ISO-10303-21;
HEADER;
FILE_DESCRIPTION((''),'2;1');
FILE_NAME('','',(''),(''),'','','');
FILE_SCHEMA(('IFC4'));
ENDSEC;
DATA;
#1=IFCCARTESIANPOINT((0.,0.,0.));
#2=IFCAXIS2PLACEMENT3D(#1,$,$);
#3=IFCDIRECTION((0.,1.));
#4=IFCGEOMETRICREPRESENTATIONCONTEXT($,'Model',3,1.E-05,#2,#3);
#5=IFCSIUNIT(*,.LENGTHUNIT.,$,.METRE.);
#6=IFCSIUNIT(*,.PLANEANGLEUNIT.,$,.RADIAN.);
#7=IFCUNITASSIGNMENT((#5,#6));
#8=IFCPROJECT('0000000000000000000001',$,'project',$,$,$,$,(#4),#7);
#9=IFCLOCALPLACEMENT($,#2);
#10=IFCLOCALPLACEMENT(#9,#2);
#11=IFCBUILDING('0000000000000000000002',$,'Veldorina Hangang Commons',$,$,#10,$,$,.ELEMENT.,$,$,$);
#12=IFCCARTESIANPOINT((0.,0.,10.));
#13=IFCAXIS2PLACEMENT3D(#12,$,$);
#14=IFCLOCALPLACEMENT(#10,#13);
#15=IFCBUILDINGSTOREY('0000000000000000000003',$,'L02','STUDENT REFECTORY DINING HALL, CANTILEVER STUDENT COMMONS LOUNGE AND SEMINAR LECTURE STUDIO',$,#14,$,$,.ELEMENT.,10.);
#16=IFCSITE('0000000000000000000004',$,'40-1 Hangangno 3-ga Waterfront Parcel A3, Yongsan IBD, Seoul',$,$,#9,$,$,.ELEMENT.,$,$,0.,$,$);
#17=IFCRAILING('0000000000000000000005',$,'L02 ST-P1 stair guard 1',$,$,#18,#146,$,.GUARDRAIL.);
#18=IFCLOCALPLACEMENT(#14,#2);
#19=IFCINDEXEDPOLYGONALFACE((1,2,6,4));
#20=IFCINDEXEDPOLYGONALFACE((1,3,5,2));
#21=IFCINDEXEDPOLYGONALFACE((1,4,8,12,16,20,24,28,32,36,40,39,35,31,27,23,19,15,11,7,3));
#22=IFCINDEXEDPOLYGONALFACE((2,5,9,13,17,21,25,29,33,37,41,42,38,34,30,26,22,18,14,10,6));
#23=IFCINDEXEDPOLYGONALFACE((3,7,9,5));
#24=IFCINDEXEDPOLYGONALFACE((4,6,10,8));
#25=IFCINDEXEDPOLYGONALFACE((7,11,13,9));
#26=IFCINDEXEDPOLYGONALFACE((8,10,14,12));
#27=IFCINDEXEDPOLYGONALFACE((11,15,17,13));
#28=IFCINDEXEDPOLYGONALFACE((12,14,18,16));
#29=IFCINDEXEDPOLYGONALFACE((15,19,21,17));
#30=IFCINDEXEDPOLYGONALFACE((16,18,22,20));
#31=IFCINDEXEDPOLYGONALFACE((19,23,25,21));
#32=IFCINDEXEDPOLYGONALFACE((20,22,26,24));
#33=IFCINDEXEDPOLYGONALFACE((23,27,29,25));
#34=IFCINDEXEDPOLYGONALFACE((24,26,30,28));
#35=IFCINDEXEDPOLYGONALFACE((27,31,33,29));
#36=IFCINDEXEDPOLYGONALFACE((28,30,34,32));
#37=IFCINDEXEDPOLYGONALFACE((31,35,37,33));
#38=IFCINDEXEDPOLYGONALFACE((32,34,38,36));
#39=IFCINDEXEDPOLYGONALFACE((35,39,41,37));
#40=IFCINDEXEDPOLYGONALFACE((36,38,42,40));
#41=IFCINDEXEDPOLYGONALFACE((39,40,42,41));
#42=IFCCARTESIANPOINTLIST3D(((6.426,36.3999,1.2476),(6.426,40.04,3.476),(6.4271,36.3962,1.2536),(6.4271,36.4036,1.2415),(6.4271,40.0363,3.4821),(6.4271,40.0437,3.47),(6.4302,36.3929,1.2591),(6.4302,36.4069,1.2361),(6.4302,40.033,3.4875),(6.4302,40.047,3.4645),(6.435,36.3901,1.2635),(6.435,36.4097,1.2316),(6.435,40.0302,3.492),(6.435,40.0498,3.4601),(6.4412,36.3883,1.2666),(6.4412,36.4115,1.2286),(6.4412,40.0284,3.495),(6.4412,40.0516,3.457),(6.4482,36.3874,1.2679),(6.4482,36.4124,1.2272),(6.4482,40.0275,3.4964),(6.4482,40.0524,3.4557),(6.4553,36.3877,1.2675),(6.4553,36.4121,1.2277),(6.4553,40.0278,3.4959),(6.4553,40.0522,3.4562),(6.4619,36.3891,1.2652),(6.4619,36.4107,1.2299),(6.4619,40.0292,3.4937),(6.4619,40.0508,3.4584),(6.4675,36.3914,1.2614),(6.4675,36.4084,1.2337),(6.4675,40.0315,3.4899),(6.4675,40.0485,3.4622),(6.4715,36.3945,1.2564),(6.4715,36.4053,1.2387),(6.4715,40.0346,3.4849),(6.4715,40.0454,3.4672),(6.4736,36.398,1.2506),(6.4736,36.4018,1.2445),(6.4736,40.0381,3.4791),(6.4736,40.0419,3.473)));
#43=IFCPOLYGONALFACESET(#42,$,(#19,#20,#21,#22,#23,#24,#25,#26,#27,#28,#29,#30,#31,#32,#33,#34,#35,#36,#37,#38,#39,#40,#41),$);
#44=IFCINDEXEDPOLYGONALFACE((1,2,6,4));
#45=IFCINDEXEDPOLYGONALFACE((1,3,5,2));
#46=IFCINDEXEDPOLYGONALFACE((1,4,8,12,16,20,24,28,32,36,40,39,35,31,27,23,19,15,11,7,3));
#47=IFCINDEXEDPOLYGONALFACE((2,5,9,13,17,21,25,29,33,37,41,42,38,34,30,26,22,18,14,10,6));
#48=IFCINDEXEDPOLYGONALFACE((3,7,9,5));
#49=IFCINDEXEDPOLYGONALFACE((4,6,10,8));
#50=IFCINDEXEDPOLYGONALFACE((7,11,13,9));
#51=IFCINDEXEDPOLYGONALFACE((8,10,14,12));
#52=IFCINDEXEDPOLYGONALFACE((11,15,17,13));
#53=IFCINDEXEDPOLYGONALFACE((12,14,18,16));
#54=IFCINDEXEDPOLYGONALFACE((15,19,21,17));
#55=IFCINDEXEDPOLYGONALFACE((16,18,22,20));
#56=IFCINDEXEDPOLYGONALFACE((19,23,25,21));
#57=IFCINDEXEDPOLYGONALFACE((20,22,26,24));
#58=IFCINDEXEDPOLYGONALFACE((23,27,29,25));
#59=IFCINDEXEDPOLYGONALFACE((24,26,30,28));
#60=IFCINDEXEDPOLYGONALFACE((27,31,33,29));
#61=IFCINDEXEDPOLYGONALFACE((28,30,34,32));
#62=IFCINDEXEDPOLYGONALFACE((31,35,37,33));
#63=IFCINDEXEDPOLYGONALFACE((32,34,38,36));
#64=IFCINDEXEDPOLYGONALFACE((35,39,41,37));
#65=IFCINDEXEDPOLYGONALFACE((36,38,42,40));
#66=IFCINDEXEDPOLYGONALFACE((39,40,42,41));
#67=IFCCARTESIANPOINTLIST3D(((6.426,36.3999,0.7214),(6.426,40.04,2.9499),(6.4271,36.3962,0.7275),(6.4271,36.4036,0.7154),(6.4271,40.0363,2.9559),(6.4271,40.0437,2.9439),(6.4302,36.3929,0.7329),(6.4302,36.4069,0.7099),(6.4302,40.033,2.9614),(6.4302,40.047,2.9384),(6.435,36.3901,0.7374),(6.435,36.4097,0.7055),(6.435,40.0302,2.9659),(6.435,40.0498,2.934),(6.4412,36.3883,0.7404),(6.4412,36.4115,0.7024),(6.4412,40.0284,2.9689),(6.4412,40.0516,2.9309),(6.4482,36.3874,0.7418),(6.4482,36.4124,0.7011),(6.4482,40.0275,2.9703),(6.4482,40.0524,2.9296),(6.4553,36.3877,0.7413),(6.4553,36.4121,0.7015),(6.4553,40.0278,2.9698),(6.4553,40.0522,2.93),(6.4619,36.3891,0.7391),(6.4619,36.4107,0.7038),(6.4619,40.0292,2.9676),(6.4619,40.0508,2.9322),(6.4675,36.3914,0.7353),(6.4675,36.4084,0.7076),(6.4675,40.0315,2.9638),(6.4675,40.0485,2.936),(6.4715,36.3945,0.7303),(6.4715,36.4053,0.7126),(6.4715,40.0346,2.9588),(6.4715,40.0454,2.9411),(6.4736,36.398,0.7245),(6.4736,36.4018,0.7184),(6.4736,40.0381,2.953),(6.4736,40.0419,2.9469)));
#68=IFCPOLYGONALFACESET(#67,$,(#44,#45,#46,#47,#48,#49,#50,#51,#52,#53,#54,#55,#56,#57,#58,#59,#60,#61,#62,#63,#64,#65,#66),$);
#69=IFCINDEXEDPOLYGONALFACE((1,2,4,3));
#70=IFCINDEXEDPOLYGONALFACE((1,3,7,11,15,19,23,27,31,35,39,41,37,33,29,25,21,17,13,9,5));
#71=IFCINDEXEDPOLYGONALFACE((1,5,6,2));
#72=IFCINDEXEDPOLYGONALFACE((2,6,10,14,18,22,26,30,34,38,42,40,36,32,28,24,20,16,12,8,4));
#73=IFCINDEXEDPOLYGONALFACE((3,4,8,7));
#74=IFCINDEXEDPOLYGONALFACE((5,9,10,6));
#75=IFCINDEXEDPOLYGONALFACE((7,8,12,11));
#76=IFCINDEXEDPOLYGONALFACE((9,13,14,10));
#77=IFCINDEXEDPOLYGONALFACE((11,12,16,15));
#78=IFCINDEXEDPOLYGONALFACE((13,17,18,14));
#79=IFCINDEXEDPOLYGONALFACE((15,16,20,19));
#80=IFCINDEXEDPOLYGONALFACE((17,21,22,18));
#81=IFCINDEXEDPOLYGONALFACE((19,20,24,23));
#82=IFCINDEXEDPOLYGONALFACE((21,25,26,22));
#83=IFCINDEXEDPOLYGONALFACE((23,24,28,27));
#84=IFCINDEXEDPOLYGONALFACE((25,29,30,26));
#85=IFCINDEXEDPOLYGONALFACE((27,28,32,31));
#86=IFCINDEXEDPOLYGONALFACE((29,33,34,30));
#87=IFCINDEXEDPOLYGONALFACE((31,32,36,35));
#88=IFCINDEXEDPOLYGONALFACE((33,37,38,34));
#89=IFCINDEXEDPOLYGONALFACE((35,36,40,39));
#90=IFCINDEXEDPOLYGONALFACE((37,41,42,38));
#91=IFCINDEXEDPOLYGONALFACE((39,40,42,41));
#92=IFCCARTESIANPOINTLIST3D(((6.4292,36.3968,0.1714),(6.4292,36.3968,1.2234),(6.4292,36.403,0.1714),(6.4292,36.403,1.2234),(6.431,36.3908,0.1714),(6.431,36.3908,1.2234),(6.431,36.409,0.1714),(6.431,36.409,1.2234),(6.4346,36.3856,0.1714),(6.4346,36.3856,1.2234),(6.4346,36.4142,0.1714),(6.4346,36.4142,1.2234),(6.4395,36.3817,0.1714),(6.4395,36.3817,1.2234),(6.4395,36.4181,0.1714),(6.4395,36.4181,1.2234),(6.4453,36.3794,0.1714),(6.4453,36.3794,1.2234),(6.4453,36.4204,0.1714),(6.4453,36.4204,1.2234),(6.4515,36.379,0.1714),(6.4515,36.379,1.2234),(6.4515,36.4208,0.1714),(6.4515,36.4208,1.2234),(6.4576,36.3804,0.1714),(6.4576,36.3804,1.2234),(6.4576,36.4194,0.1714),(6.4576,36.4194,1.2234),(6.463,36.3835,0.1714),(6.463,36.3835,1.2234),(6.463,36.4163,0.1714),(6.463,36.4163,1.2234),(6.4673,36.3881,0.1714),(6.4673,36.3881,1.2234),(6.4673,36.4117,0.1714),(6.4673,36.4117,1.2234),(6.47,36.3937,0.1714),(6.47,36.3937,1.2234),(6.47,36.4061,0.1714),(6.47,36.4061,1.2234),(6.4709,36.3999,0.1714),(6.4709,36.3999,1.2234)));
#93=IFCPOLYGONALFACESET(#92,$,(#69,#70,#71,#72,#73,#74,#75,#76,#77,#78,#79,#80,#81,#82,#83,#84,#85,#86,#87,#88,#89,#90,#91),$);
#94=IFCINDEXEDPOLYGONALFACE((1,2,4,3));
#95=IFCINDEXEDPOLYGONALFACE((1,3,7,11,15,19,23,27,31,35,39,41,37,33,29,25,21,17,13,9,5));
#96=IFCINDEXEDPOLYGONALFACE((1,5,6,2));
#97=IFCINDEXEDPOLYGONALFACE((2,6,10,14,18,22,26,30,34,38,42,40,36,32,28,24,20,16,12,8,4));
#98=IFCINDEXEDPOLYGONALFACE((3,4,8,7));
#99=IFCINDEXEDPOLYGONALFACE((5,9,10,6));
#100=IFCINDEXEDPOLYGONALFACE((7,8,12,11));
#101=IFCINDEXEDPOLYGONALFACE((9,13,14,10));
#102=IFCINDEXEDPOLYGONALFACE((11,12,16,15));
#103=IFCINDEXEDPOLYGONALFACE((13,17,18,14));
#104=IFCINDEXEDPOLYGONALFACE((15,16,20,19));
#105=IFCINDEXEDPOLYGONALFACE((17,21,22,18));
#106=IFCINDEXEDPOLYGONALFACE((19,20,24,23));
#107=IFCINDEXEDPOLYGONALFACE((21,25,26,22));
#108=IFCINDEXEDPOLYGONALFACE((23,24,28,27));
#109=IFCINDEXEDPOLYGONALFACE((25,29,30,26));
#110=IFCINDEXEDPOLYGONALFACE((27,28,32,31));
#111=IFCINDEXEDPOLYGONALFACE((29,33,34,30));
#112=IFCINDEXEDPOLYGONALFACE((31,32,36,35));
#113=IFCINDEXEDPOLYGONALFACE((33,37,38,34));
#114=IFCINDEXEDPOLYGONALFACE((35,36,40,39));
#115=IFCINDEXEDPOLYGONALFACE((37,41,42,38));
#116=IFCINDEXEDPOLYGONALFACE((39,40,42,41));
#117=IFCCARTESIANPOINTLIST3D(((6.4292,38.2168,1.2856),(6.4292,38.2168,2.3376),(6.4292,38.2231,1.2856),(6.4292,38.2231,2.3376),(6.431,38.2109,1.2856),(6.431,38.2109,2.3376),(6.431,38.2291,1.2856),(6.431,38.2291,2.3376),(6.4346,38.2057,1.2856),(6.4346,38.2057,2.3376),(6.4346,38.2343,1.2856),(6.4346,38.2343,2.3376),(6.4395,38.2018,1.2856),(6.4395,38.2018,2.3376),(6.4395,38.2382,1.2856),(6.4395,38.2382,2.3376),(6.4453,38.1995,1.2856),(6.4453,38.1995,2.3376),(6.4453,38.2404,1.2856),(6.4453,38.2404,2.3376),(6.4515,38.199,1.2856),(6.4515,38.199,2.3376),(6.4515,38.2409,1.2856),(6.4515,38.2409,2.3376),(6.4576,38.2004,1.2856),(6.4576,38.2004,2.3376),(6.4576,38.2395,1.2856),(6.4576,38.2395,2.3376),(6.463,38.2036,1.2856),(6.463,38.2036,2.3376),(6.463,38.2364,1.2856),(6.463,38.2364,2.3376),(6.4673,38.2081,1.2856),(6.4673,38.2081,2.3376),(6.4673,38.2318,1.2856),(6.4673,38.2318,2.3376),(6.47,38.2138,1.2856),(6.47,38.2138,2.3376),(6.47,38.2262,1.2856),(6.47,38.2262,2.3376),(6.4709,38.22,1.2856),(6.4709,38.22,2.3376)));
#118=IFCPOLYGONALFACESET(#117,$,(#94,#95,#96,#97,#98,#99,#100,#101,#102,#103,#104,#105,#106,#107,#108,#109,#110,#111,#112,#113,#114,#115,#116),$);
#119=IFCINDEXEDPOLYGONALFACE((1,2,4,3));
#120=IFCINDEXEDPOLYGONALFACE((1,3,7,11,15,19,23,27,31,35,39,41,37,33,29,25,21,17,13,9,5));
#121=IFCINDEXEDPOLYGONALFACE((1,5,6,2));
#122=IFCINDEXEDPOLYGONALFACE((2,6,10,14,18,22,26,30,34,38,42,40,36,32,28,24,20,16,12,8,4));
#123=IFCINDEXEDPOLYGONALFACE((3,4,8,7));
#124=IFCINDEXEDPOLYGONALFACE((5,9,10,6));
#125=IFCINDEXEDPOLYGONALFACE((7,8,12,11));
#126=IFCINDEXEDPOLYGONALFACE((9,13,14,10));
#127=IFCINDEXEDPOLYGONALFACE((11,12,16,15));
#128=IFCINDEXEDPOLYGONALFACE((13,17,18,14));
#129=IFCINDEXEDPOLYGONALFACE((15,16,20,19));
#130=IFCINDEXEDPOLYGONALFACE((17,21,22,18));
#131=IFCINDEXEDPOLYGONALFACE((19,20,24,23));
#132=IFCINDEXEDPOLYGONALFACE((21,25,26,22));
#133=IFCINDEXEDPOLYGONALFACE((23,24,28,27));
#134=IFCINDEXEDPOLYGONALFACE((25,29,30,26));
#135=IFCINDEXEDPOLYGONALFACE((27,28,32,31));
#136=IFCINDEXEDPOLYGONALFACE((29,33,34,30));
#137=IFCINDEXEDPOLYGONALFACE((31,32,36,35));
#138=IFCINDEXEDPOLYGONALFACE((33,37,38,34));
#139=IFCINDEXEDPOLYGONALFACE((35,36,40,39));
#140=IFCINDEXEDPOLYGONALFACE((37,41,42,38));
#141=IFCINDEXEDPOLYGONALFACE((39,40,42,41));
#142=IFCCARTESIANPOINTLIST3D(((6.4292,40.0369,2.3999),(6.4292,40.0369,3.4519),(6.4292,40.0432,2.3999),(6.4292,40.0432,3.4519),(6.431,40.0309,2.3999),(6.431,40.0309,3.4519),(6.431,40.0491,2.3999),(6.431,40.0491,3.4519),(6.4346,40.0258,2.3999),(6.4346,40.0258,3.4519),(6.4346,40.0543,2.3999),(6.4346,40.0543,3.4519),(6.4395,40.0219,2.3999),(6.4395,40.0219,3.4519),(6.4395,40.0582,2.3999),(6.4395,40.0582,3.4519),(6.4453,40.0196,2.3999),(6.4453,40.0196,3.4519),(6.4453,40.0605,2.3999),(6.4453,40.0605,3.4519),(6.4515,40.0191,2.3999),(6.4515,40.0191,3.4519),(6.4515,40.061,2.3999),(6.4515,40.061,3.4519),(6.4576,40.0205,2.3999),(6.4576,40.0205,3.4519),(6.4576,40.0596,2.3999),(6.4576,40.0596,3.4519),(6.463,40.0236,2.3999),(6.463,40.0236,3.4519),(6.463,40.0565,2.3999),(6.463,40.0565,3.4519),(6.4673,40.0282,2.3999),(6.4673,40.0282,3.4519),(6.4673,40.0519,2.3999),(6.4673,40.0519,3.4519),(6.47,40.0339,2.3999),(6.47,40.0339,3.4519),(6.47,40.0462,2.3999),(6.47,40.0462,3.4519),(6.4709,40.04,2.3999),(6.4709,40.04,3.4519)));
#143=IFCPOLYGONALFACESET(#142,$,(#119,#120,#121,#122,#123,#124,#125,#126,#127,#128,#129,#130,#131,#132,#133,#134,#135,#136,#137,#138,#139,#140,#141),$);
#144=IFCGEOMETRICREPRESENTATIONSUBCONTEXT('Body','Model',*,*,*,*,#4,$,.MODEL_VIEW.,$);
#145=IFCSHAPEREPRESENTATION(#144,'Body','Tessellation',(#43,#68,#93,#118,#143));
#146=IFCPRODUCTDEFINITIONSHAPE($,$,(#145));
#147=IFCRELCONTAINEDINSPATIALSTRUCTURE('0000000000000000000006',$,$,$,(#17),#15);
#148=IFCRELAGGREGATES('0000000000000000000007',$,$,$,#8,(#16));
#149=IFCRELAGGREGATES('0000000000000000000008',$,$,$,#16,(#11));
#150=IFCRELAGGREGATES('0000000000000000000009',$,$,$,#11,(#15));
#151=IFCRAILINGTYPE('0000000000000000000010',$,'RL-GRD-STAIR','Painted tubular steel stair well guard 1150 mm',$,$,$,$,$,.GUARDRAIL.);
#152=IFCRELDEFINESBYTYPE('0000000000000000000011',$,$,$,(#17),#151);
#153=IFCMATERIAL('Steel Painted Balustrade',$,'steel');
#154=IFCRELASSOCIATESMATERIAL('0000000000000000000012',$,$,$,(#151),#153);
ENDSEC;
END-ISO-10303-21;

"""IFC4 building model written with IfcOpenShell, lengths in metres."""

from ifc_helpers import new_model, si_unit, direction, frame, origin, origin_2d, place, context, subcontext, project, spatial, circle, extrude, material, type_object, element, save


model = new_model("IFC4")

# Units and contexts
model_context = context("Model", 3, precision=1e-05, world=origin(), true_north=direction((0.0, 1.0)))
body_context = subcontext(model_context, "Body", "Model", "MODEL_VIEW")
ifc_project = project(units=[si_unit("LENGTHUNIT", "METRE"), si_unit("PLANEANGLEUNIT", "RADIAN")], contexts=[model_context])

# Site, building, storey
site_placement = place(None, origin())
site = spatial("IfcSite", under=ifc_project, at=site_placement, Name="40-1 Hangangno 3-ga Waterfront Parcel A3, Yongsan IBD, Seoul", CompositionType="ELEMENT", RefElevation=0.0)
building_placement = place(site_placement, origin())
building = spatial("IfcBuilding", under=site, at=building_placement, Name="Veldorina Hangang Commons", CompositionType="ELEMENT")
storey_placement = place(building_placement, frame((0.0, 0.0, 10.0)))
storey = spatial("IfcBuildingStorey", under=building, at=storey_placement, Name="L02", Description="STUDENT REFECTORY DINING HALL, CANTILEVER STUDENT COMMONS LOUNGE AND SEMINAR LECTURE STUDIO", CompositionType="ELEMENT", Elevation=10.0)

# Railing
ifc_material_1 = material(Name="Steel Painted Balustrade", Category="steel")
railing_type = type_object("IfcRailingType", Name="RL-GRD-STAIR", Description="Painted tubular steel stair well guard 1150 mm", PredefinedType="GUARDRAIL", material=ifc_material_1)
railing_1_placement = place(storey_placement, frame((6.45, 36.3999, 0.1714)))
element("IfcRailing", 1, at=railing_1_placement, inside=storey, type_object=railing_type, Name="L02 ST-P1 stair guard 1", PredefinedType="GUARDRAIL", context=body_context, shape_type="SweptSolid", body=[
    extrude(circle(Radius=0.0239, at=origin_2d()), frame((0.0, 0.0, 1.0762), z_axis=(0.0, 0.852866, 0.52213), x_axis=(-1.0, 0.0, 0.0)), (0.0, 0.0, 1.0), 4.2681),
    extrude(circle(Radius=0.0239, at=origin_2d()), frame((0.0, 0.0, 0.55), z_axis=(0.0, 0.852866, 0.52213), x_axis=(-1.0, 0.0, 0.0)), (0.0, 0.0, 1.0), 4.2681),
    extrude(circle(Radius=0.021, at=origin_2d()), origin(), (0.0, 0.0, 1.0), 1.052),
    extrude(circle(Radius=0.021, at=origin_2d()), frame((0.0, 1.8201, 1.1143)), (0.0, 0.0, 1.0), 1.052),
    extrude(circle(Radius=0.021, at=origin_2d()), frame((0.0, 3.6401, 2.2285)), (0.0, 0.0, 1.0), 1.052),
])

save(model, "model.ifc")
